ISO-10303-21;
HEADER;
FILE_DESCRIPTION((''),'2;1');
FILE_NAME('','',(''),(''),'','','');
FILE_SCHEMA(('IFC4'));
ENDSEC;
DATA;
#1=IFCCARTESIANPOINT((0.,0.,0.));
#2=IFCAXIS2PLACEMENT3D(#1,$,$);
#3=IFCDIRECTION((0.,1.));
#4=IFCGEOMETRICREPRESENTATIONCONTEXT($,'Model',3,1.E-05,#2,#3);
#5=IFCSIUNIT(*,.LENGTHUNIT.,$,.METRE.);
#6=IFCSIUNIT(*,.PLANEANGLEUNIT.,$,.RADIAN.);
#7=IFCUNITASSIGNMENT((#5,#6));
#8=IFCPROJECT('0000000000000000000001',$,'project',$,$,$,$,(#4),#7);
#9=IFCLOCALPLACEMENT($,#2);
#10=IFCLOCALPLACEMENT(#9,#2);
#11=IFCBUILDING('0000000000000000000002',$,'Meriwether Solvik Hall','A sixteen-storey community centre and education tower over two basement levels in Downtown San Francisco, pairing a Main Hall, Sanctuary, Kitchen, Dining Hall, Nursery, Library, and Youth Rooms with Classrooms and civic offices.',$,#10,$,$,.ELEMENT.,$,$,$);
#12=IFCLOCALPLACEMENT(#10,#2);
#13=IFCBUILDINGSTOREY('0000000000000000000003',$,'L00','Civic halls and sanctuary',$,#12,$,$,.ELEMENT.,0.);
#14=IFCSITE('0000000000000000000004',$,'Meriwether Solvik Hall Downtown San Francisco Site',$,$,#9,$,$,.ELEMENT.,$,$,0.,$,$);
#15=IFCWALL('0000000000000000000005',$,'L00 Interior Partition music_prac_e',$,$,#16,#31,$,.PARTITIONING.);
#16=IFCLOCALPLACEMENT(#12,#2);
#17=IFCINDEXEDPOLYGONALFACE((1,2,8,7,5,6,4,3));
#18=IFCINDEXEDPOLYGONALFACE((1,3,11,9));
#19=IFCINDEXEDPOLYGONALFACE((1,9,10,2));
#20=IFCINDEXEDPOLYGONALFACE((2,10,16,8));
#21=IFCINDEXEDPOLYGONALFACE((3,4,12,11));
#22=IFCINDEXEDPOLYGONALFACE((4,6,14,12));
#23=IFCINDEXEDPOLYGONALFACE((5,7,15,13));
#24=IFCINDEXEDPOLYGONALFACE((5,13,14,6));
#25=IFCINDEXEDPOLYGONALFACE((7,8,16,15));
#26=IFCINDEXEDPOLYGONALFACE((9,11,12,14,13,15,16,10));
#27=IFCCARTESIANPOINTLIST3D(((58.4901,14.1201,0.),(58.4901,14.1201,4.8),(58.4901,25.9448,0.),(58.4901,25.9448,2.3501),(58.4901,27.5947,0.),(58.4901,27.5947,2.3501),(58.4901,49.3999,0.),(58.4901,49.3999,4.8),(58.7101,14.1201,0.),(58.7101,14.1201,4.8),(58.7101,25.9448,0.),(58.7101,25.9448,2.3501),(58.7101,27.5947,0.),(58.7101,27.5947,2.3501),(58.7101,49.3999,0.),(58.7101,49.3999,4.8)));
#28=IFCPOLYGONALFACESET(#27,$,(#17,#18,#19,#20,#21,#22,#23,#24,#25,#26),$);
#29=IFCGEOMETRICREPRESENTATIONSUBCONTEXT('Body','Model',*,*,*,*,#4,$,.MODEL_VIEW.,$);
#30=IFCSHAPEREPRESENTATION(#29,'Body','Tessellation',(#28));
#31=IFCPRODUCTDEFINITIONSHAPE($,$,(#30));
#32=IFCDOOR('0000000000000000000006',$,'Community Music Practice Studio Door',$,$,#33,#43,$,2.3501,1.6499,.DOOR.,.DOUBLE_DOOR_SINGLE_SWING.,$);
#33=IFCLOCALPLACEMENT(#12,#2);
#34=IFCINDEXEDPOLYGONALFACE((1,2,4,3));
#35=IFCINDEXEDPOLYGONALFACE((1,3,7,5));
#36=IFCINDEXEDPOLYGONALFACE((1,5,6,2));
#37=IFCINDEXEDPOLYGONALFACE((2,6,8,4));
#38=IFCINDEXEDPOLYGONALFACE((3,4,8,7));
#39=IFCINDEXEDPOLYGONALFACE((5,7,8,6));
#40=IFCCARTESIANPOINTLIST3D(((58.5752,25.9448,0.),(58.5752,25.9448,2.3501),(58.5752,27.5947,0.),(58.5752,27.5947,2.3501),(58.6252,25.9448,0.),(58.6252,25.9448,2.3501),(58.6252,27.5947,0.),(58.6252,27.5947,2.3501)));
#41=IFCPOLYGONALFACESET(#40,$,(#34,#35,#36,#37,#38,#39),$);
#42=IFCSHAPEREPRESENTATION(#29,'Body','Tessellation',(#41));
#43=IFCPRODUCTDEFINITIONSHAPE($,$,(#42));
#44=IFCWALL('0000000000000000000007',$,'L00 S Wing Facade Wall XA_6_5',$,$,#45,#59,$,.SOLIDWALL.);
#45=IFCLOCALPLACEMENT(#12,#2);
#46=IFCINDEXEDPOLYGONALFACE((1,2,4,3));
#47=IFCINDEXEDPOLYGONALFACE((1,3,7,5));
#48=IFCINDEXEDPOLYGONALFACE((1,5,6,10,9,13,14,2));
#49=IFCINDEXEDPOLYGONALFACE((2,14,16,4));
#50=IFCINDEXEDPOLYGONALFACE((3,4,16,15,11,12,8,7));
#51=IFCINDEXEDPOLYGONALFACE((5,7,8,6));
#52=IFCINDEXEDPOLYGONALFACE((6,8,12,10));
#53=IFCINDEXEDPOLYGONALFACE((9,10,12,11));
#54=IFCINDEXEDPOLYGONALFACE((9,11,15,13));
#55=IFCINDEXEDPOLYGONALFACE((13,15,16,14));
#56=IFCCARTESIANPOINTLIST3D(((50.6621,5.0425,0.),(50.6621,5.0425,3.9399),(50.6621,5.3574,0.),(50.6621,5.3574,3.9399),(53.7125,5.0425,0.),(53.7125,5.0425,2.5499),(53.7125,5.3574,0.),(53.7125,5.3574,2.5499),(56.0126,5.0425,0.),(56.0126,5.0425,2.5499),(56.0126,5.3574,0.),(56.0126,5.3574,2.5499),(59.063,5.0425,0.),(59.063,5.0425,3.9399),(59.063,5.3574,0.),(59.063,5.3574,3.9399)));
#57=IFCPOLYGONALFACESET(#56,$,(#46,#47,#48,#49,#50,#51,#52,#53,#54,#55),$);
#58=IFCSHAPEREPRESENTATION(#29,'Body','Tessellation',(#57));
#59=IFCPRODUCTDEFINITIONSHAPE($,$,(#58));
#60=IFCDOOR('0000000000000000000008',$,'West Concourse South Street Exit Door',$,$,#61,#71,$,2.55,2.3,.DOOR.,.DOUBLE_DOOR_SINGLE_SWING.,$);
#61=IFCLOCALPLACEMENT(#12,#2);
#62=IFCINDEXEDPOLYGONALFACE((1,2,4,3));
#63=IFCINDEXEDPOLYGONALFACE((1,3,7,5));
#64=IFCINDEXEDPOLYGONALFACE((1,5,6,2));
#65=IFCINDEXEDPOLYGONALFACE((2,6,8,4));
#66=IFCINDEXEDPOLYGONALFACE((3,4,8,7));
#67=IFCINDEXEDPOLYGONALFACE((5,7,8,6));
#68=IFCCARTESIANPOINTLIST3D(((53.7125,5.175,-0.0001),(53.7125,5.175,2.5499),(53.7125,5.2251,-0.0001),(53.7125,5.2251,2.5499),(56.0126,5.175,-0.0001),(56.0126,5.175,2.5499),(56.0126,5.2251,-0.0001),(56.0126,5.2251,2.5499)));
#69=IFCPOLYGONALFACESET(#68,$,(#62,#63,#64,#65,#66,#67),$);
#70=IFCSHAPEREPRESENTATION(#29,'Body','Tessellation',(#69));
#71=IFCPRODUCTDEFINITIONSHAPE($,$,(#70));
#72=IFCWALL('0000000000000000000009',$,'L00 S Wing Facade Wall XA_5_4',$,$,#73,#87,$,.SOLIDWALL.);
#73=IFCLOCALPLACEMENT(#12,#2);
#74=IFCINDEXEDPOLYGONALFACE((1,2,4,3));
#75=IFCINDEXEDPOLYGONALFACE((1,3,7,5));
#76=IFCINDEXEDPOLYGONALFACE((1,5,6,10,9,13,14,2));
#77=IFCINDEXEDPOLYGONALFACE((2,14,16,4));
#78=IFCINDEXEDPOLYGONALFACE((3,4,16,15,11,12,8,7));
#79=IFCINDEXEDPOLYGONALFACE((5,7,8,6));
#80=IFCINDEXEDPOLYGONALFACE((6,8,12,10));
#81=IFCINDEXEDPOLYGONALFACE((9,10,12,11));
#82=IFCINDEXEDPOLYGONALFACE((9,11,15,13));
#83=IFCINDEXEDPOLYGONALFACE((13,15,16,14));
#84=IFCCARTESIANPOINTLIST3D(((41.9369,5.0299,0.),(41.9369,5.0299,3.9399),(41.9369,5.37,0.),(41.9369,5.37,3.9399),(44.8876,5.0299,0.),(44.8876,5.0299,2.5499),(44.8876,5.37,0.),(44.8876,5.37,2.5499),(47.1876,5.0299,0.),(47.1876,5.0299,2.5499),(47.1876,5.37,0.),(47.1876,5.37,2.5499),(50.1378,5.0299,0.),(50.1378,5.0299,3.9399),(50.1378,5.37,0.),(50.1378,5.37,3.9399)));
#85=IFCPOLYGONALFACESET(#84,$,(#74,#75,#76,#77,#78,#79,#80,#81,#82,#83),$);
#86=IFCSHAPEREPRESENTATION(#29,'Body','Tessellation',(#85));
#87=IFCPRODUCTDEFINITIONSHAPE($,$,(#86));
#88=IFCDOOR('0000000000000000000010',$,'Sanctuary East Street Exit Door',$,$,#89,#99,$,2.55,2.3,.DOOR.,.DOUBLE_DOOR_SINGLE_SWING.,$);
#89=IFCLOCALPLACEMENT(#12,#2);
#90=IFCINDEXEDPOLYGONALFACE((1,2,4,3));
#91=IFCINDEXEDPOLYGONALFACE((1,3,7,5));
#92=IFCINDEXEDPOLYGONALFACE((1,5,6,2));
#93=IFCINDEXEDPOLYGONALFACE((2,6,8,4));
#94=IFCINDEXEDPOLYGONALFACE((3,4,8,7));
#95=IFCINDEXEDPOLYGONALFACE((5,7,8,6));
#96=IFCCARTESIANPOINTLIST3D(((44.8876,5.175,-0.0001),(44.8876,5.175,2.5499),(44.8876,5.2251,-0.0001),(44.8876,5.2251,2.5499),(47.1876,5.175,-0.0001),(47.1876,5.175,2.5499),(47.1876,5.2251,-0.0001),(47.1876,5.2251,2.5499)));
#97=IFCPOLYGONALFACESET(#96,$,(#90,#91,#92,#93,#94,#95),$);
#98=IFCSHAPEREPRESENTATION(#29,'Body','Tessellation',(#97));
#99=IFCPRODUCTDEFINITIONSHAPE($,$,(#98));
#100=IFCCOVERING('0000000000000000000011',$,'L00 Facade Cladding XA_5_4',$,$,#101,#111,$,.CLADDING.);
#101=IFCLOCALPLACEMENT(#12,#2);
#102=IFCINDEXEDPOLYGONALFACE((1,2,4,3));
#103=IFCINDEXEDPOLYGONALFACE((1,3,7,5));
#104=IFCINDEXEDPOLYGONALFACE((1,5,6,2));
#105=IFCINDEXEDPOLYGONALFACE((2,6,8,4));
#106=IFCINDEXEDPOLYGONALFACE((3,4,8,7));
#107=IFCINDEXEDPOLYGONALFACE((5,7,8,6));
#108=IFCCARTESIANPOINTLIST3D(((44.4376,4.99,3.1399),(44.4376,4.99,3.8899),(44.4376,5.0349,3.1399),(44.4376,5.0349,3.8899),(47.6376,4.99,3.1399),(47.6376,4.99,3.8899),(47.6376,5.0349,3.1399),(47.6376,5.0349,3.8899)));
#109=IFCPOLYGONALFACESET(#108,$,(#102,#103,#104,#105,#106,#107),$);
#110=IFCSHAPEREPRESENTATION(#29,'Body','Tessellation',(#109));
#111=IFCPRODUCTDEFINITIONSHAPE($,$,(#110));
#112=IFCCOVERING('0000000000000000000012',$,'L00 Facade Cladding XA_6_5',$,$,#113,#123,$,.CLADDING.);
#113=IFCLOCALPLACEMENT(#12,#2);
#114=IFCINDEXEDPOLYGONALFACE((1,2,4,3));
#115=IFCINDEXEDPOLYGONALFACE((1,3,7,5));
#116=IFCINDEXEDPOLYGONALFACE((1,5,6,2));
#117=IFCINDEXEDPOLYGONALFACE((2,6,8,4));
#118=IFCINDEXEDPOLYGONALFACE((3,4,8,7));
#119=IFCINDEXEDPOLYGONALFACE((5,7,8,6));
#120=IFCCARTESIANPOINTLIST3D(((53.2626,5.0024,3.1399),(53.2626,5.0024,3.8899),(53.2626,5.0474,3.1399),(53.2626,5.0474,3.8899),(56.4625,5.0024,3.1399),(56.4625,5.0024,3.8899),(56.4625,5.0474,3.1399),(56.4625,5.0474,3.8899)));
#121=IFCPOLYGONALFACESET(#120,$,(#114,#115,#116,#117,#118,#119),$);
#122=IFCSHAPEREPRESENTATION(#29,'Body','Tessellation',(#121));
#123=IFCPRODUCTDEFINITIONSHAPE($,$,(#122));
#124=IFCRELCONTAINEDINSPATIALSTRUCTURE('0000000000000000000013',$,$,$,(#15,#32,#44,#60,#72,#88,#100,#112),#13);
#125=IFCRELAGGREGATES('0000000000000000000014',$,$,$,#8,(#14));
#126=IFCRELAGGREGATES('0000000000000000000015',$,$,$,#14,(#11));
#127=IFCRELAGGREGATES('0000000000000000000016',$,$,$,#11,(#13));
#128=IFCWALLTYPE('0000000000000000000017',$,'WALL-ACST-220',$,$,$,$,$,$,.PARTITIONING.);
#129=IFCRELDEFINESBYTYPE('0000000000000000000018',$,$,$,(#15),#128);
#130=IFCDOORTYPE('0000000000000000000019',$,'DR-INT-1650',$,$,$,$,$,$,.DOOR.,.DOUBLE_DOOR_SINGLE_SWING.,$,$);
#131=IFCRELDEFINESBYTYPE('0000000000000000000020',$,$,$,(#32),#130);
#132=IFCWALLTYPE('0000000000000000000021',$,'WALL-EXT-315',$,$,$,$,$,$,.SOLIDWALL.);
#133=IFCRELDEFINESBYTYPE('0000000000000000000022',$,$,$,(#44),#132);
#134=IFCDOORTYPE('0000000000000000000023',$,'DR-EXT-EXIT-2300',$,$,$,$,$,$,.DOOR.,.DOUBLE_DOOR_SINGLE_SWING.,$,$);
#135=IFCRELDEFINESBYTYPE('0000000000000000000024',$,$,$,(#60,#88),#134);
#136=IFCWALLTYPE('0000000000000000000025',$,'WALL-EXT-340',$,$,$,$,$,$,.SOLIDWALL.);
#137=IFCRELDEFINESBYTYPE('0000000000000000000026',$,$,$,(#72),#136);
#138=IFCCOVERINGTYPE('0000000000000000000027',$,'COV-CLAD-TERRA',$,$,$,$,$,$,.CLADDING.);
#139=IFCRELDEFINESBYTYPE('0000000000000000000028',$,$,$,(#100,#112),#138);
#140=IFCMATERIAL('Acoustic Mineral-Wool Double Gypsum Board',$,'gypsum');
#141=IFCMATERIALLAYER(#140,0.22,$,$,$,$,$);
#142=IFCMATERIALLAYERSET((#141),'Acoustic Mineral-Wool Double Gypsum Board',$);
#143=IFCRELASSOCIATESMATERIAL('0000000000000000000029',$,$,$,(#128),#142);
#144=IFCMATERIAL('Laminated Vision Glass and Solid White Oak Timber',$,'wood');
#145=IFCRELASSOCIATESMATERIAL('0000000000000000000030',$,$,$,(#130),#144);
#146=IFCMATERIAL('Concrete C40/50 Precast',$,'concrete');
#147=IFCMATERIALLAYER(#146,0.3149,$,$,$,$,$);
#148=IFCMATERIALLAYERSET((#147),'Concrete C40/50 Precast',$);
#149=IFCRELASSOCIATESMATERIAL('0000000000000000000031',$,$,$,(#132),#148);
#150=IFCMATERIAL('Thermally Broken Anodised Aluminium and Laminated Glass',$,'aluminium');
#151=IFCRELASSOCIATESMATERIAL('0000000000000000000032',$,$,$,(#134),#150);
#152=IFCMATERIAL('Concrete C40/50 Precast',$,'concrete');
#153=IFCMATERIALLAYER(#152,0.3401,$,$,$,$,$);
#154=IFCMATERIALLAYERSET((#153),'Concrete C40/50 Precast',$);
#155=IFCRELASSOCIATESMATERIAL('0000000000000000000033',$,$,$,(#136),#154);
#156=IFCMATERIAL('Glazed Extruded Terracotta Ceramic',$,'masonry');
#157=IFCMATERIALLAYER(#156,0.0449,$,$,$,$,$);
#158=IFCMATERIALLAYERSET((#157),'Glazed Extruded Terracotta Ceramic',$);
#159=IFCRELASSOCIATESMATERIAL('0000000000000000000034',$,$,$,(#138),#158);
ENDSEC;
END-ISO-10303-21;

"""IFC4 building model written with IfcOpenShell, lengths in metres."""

from ifc_helpers import new_model, si_unit, direction, frame, frame_2d, origin, origin_2d, place, context, subcontext, project, spatial, rectangle, extrude, material, layer, layer_set, type_object, element, fill, save


model = new_model("IFC4")

# Units and contexts
model_context = context("Model", 3, precision=1e-05, world=origin(), true_north=direction((0.0, 1.0)))
body_context = subcontext(model_context, "Body", "Model", "MODEL_VIEW")
ifc_project = project(units=[si_unit("LENGTHUNIT", "METRE"), si_unit("PLANEANGLEUNIT", "RADIAN")], contexts=[model_context])

# Site, building, storey
site_placement = place(None, origin())
site = spatial("IfcSite", under=ifc_project, at=site_placement, Name="Meriwether Solvik Hall Downtown San Francisco Site", CompositionType="ELEMENT", RefElevation=0.0)
building_placement = place(site_placement, origin())
building = spatial("IfcBuilding", under=site, at=building_placement, Name="Meriwether Solvik Hall", Description="A sixteen-storey community centre and education tower over two basement levels in Downtown San Francisco, pairing a Main Hall, Sanctuary, Kitchen, Dining Hall, Nursery, Library, and Youth Rooms with Classrooms and civic offices.", CompositionType="ELEMENT")
storey_placement = place(building_placement, origin())
storey = spatial("IfcBuildingStorey", under=building, at=storey_placement, Name="L00", Description="Civic halls and sanctuary", CompositionType="ELEMENT", Elevation=0.0)

# Shared definitions
ifc_material_1 = material(Name="Acoustic Mineral-Wool Double Gypsum Board", Category="gypsum")
ifc_layer_1 = layer(ifc_material_1, 0.22)
ifc_layer_set_1 = layer_set([ifc_layer_1], Name="Acoustic Mineral-Wool Double Gypsum Board")
wall_type_1 = type_object("IfcWallType", Name="WALL-ACST-220", PredefinedType="PARTITIONING", material=ifc_layer_set_1)

# Walls, openings, doors
wall_1_placement = place(storey_placement, frame((58.6001, 14.1201, 0.0), z_axis=(0.0, 0.0, 1.0), x_axis=(0.0, 1.0, 0.0)))
wall_1 = element("IfcWall", 1, at=wall_1_placement, inside=storey, type_object=wall_type_1, Name="L00 Interior Partition music_prac_e", PredefinedType="PARTITIONING", context=body_context, shape_type="SweptSolid", body=[
    extrude(rectangle(XDim=35.2798, YDim=0.22, at=frame_2d((17.6399, 0.0))), origin(), (0.0, 0.0, 1.0), 4.8),
])
opening_1_placement = place(wall_1_placement, frame((11.8247, 0.0, 0.0)))
opening_1 = element("IfcOpeningElement", 2, at=opening_1_placement, cuts=wall_1, PredefinedType="OPENING", context=body_context, shape_type="SweptSolid", body=[
    extrude(rectangle(XDim=1.6499, YDim=2.3501, at=frame_2d((0.825, 1.175))), frame((0.0, 0.1221, 0.0), z_axis=(0.0, -1.0, 0.0), x_axis=(1.0, 0.0, 0.0)), (0.0, 0.0, 1.0), 0.2439),
])
ifc_material_2 = material(Name="Laminated Vision Glass and Solid White Oak Timber", Category="wood")
door_type_1 = type_object("IfcDoorType", Name="DR-INT-1650", OperationType="DOUBLE_DOOR_SINGLE_SWING", PredefinedType="DOOR", material=ifc_material_2)
door_1_placement = place(opening_1_placement, origin())
door_1 = element("IfcDoor", 3, at=door_1_placement, inside=storey, type_object=door_type_1, Name="Community Music Practice Studio Door", OperationType="DOUBLE_DOOR_SINGLE_SWING", OverallHeight=2.3501, OverallWidth=1.6499, PredefinedType="DOOR", context=body_context, shape_type="SweptSolid", body=[
    extrude(rectangle(XDim=1.6499, YDim=2.3501, at=frame_2d((0.825, 1.175))), frame((0.0, 0.0249, 0.0), z_axis=(0.0, -1.0, 0.0), x_axis=(1.0, 0.0, 0.0)), (0.0, 0.0, 1.0), 0.05),
])
fill(opening_1, door_1)
ifc_material_3 = material(Name="Concrete C40/50 Precast", Category="concrete")
ifc_layer_2 = layer(ifc_material_3, 0.3149)
ifc_layer_set_2 = layer_set([ifc_layer_2], Name="Concrete C40/50 Precast")
wall_type_2 = type_object("IfcWallType", Name="WALL-EXT-315", PredefinedType="SOLIDWALL", material=ifc_layer_set_2)
wall_2_placement = place(storey_placement, frame((59.063, 5.2, 0.0), z_axis=(0.0, 0.0, 1.0), x_axis=(-1.0, 0.0, 0.0)))
wall_2 = element("IfcWall", 4, at=wall_2_placement, inside=storey, type_object=wall_type_2, Name="L00 S Wing Facade Wall XA_6_5", PredefinedType="SOLIDWALL", context=body_context, shape_type="SweptSolid", body=[
    extrude(rectangle(XDim=8.4009, YDim=0.3149, at=frame_2d((4.2004, 0.0))), origin(), (0.0, 0.0, 1.0), 3.9399),
])
opening_2_placement = place(wall_2_placement, frame((3.0505, 0.0, 0.0)))
opening_2 = element("IfcOpeningElement", 5, at=opening_2_placement, cuts=wall_2, PredefinedType="OPENING", context=body_context, shape_type="SweptSolid", body=[
    extrude(rectangle(XDim=2.3, YDim=2.55, at=frame_2d((1.1499, 1.2749))), frame((0.0, 0.1694, 0.0), z_axis=(0.0, -1.0, 0.0), x_axis=(1.0, 0.0, 0.0)), (0.0, 0.0, 1.0), 0.3389),
])
ifc_material_4 = material(Name="Thermally Broken Anodised Aluminium and Laminated Glass", Category="aluminium")
door_type_2 = type_object("IfcDoorType", Name="DR-EXT-EXIT-2300", OperationType="DOUBLE_DOOR_SINGLE_SWING", PredefinedType="DOOR", material=ifc_material_4)
door_2_placement = place(opening_2_placement, origin())
door_2 = element("IfcDoor", 6, at=door_2_placement, inside=storey, type_object=door_type_2, Name="West Concourse South Street Exit Door", OperationType="DOUBLE_DOOR_SINGLE_SWING", OverallHeight=2.55, OverallWidth=2.3, PredefinedType="DOOR", context=body_context, shape_type="SweptSolid", body=[
    extrude(rectangle(XDim=2.3, YDim=2.55, at=frame_2d((1.1499, 1.2749))), frame((0.0, 0.0249, 0.0), z_axis=(0.0, -1.0, 0.0), x_axis=(1.0, 0.0, 0.0)), (0.0, 0.0, 1.0), 0.05),
])
fill(opening_2, door_2)
ifc_material_5 = material(Name="Concrete C40/50 Precast", Category="concrete")
ifc_layer_3 = layer(ifc_material_5, 0.3401)
ifc_layer_set_3 = layer_set([ifc_layer_3], Name="Concrete C40/50 Precast")
wall_type_3 = type_object("IfcWallType", Name="WALL-EXT-340", PredefinedType="SOLIDWALL", material=ifc_layer_set_3)
wall_3_placement = place(storey_placement, frame((50.1379, 5.2, 0.0), z_axis=(0.0, 0.0, 1.0), x_axis=(-1.0, 0.0, 0.0)))
wall_3 = element("IfcWall", 7, at=wall_3_placement, inside=storey, type_object=wall_type_3, Name="L00 S Wing Facade Wall XA_5_4", PredefinedType="SOLIDWALL", context=body_context, shape_type="SweptSolid", body=[
    extrude(rectangle(XDim=8.2009, YDim=0.3401, at=frame_2d((4.1006, 0.0))), origin(), (0.0, 0.0, 1.0), 3.9399),
])
opening_3_placement = place(wall_3_placement, frame((2.9504, 0.0, 0.0)))
opening_3 = element("IfcOpeningElement", 8, at=opening_3_placement, cuts=wall_3, PredefinedType="OPENING", context=body_context, shape_type="SweptSolid", body=[
    extrude(rectangle(XDim=2.3, YDim=2.55, at=frame_2d((1.1499, 1.2749))), frame((0.0, 0.1821, 0.0), z_axis=(0.0, -1.0, 0.0), x_axis=(1.0, 0.0, 0.0)), (0.0, 0.0, 1.0), 0.364),
])
door_3_placement = place(opening_3_placement, origin())
door_3 = element("IfcDoor", 9, at=door_3_placement, inside=storey, type_object=door_type_2, Name="Sanctuary East Street Exit Door", OperationType="DOUBLE_DOOR_SINGLE_SWING", OverallHeight=2.55, OverallWidth=2.3, PredefinedType="DOOR", context=body_context, shape_type="SweptSolid", body=[
    extrude(rectangle(XDim=2.3, YDim=2.55, at=frame_2d((1.1499, 1.2749))), frame((0.0, 0.0249, 0.0), z_axis=(0.0, -1.0, 0.0), x_axis=(1.0, 0.0, 0.0)), (0.0, 0.0, 1.0), 0.05),
])
fill(opening_3, door_3)

# Coverings
ifc_material_6 = material(Name="Glazed Extruded Terracotta Ceramic", Category="masonry")
ifc_layer_4 = layer(ifc_material_6, 0.0449)
ifc_layer_set_4 = layer_set([ifc_layer_4], Name="Glazed Extruded Terracotta Ceramic")
covering_type = type_object("IfcCoveringType", Name="COV-CLAD-TERRA", PredefinedType="CLADDING", material=ifc_layer_set_4)
for number, where, z_axis, x_axis, name in (
    (10, (46.0376, 5.0125, 3.1399), (0.0, 0.0, 1.0), (-1.0, 0.0, 0.0), "L00 Facade Cladding XA_5_4"),
    (11, (54.8625, 5.0249, 3.1399), (0.0, 0.0, 1.0), (-1.0, 0.0, 0.0), "L00 Facade Cladding XA_6_5"),
):
    element("IfcCovering", number, at=place(storey_placement, frame(where, z_axis=z_axis, x_axis=x_axis)), inside=storey, type_object=covering_type, Name=name, PredefinedType="CLADDING", context=body_context, shape_type="SweptSolid", body=[
        extrude(rectangle(XDim=3.2, YDim=0.0449, at=origin_2d()), origin(), (0.0, 0.0, 1.0), 0.75),
    ])

save(model, "model.ifc")
